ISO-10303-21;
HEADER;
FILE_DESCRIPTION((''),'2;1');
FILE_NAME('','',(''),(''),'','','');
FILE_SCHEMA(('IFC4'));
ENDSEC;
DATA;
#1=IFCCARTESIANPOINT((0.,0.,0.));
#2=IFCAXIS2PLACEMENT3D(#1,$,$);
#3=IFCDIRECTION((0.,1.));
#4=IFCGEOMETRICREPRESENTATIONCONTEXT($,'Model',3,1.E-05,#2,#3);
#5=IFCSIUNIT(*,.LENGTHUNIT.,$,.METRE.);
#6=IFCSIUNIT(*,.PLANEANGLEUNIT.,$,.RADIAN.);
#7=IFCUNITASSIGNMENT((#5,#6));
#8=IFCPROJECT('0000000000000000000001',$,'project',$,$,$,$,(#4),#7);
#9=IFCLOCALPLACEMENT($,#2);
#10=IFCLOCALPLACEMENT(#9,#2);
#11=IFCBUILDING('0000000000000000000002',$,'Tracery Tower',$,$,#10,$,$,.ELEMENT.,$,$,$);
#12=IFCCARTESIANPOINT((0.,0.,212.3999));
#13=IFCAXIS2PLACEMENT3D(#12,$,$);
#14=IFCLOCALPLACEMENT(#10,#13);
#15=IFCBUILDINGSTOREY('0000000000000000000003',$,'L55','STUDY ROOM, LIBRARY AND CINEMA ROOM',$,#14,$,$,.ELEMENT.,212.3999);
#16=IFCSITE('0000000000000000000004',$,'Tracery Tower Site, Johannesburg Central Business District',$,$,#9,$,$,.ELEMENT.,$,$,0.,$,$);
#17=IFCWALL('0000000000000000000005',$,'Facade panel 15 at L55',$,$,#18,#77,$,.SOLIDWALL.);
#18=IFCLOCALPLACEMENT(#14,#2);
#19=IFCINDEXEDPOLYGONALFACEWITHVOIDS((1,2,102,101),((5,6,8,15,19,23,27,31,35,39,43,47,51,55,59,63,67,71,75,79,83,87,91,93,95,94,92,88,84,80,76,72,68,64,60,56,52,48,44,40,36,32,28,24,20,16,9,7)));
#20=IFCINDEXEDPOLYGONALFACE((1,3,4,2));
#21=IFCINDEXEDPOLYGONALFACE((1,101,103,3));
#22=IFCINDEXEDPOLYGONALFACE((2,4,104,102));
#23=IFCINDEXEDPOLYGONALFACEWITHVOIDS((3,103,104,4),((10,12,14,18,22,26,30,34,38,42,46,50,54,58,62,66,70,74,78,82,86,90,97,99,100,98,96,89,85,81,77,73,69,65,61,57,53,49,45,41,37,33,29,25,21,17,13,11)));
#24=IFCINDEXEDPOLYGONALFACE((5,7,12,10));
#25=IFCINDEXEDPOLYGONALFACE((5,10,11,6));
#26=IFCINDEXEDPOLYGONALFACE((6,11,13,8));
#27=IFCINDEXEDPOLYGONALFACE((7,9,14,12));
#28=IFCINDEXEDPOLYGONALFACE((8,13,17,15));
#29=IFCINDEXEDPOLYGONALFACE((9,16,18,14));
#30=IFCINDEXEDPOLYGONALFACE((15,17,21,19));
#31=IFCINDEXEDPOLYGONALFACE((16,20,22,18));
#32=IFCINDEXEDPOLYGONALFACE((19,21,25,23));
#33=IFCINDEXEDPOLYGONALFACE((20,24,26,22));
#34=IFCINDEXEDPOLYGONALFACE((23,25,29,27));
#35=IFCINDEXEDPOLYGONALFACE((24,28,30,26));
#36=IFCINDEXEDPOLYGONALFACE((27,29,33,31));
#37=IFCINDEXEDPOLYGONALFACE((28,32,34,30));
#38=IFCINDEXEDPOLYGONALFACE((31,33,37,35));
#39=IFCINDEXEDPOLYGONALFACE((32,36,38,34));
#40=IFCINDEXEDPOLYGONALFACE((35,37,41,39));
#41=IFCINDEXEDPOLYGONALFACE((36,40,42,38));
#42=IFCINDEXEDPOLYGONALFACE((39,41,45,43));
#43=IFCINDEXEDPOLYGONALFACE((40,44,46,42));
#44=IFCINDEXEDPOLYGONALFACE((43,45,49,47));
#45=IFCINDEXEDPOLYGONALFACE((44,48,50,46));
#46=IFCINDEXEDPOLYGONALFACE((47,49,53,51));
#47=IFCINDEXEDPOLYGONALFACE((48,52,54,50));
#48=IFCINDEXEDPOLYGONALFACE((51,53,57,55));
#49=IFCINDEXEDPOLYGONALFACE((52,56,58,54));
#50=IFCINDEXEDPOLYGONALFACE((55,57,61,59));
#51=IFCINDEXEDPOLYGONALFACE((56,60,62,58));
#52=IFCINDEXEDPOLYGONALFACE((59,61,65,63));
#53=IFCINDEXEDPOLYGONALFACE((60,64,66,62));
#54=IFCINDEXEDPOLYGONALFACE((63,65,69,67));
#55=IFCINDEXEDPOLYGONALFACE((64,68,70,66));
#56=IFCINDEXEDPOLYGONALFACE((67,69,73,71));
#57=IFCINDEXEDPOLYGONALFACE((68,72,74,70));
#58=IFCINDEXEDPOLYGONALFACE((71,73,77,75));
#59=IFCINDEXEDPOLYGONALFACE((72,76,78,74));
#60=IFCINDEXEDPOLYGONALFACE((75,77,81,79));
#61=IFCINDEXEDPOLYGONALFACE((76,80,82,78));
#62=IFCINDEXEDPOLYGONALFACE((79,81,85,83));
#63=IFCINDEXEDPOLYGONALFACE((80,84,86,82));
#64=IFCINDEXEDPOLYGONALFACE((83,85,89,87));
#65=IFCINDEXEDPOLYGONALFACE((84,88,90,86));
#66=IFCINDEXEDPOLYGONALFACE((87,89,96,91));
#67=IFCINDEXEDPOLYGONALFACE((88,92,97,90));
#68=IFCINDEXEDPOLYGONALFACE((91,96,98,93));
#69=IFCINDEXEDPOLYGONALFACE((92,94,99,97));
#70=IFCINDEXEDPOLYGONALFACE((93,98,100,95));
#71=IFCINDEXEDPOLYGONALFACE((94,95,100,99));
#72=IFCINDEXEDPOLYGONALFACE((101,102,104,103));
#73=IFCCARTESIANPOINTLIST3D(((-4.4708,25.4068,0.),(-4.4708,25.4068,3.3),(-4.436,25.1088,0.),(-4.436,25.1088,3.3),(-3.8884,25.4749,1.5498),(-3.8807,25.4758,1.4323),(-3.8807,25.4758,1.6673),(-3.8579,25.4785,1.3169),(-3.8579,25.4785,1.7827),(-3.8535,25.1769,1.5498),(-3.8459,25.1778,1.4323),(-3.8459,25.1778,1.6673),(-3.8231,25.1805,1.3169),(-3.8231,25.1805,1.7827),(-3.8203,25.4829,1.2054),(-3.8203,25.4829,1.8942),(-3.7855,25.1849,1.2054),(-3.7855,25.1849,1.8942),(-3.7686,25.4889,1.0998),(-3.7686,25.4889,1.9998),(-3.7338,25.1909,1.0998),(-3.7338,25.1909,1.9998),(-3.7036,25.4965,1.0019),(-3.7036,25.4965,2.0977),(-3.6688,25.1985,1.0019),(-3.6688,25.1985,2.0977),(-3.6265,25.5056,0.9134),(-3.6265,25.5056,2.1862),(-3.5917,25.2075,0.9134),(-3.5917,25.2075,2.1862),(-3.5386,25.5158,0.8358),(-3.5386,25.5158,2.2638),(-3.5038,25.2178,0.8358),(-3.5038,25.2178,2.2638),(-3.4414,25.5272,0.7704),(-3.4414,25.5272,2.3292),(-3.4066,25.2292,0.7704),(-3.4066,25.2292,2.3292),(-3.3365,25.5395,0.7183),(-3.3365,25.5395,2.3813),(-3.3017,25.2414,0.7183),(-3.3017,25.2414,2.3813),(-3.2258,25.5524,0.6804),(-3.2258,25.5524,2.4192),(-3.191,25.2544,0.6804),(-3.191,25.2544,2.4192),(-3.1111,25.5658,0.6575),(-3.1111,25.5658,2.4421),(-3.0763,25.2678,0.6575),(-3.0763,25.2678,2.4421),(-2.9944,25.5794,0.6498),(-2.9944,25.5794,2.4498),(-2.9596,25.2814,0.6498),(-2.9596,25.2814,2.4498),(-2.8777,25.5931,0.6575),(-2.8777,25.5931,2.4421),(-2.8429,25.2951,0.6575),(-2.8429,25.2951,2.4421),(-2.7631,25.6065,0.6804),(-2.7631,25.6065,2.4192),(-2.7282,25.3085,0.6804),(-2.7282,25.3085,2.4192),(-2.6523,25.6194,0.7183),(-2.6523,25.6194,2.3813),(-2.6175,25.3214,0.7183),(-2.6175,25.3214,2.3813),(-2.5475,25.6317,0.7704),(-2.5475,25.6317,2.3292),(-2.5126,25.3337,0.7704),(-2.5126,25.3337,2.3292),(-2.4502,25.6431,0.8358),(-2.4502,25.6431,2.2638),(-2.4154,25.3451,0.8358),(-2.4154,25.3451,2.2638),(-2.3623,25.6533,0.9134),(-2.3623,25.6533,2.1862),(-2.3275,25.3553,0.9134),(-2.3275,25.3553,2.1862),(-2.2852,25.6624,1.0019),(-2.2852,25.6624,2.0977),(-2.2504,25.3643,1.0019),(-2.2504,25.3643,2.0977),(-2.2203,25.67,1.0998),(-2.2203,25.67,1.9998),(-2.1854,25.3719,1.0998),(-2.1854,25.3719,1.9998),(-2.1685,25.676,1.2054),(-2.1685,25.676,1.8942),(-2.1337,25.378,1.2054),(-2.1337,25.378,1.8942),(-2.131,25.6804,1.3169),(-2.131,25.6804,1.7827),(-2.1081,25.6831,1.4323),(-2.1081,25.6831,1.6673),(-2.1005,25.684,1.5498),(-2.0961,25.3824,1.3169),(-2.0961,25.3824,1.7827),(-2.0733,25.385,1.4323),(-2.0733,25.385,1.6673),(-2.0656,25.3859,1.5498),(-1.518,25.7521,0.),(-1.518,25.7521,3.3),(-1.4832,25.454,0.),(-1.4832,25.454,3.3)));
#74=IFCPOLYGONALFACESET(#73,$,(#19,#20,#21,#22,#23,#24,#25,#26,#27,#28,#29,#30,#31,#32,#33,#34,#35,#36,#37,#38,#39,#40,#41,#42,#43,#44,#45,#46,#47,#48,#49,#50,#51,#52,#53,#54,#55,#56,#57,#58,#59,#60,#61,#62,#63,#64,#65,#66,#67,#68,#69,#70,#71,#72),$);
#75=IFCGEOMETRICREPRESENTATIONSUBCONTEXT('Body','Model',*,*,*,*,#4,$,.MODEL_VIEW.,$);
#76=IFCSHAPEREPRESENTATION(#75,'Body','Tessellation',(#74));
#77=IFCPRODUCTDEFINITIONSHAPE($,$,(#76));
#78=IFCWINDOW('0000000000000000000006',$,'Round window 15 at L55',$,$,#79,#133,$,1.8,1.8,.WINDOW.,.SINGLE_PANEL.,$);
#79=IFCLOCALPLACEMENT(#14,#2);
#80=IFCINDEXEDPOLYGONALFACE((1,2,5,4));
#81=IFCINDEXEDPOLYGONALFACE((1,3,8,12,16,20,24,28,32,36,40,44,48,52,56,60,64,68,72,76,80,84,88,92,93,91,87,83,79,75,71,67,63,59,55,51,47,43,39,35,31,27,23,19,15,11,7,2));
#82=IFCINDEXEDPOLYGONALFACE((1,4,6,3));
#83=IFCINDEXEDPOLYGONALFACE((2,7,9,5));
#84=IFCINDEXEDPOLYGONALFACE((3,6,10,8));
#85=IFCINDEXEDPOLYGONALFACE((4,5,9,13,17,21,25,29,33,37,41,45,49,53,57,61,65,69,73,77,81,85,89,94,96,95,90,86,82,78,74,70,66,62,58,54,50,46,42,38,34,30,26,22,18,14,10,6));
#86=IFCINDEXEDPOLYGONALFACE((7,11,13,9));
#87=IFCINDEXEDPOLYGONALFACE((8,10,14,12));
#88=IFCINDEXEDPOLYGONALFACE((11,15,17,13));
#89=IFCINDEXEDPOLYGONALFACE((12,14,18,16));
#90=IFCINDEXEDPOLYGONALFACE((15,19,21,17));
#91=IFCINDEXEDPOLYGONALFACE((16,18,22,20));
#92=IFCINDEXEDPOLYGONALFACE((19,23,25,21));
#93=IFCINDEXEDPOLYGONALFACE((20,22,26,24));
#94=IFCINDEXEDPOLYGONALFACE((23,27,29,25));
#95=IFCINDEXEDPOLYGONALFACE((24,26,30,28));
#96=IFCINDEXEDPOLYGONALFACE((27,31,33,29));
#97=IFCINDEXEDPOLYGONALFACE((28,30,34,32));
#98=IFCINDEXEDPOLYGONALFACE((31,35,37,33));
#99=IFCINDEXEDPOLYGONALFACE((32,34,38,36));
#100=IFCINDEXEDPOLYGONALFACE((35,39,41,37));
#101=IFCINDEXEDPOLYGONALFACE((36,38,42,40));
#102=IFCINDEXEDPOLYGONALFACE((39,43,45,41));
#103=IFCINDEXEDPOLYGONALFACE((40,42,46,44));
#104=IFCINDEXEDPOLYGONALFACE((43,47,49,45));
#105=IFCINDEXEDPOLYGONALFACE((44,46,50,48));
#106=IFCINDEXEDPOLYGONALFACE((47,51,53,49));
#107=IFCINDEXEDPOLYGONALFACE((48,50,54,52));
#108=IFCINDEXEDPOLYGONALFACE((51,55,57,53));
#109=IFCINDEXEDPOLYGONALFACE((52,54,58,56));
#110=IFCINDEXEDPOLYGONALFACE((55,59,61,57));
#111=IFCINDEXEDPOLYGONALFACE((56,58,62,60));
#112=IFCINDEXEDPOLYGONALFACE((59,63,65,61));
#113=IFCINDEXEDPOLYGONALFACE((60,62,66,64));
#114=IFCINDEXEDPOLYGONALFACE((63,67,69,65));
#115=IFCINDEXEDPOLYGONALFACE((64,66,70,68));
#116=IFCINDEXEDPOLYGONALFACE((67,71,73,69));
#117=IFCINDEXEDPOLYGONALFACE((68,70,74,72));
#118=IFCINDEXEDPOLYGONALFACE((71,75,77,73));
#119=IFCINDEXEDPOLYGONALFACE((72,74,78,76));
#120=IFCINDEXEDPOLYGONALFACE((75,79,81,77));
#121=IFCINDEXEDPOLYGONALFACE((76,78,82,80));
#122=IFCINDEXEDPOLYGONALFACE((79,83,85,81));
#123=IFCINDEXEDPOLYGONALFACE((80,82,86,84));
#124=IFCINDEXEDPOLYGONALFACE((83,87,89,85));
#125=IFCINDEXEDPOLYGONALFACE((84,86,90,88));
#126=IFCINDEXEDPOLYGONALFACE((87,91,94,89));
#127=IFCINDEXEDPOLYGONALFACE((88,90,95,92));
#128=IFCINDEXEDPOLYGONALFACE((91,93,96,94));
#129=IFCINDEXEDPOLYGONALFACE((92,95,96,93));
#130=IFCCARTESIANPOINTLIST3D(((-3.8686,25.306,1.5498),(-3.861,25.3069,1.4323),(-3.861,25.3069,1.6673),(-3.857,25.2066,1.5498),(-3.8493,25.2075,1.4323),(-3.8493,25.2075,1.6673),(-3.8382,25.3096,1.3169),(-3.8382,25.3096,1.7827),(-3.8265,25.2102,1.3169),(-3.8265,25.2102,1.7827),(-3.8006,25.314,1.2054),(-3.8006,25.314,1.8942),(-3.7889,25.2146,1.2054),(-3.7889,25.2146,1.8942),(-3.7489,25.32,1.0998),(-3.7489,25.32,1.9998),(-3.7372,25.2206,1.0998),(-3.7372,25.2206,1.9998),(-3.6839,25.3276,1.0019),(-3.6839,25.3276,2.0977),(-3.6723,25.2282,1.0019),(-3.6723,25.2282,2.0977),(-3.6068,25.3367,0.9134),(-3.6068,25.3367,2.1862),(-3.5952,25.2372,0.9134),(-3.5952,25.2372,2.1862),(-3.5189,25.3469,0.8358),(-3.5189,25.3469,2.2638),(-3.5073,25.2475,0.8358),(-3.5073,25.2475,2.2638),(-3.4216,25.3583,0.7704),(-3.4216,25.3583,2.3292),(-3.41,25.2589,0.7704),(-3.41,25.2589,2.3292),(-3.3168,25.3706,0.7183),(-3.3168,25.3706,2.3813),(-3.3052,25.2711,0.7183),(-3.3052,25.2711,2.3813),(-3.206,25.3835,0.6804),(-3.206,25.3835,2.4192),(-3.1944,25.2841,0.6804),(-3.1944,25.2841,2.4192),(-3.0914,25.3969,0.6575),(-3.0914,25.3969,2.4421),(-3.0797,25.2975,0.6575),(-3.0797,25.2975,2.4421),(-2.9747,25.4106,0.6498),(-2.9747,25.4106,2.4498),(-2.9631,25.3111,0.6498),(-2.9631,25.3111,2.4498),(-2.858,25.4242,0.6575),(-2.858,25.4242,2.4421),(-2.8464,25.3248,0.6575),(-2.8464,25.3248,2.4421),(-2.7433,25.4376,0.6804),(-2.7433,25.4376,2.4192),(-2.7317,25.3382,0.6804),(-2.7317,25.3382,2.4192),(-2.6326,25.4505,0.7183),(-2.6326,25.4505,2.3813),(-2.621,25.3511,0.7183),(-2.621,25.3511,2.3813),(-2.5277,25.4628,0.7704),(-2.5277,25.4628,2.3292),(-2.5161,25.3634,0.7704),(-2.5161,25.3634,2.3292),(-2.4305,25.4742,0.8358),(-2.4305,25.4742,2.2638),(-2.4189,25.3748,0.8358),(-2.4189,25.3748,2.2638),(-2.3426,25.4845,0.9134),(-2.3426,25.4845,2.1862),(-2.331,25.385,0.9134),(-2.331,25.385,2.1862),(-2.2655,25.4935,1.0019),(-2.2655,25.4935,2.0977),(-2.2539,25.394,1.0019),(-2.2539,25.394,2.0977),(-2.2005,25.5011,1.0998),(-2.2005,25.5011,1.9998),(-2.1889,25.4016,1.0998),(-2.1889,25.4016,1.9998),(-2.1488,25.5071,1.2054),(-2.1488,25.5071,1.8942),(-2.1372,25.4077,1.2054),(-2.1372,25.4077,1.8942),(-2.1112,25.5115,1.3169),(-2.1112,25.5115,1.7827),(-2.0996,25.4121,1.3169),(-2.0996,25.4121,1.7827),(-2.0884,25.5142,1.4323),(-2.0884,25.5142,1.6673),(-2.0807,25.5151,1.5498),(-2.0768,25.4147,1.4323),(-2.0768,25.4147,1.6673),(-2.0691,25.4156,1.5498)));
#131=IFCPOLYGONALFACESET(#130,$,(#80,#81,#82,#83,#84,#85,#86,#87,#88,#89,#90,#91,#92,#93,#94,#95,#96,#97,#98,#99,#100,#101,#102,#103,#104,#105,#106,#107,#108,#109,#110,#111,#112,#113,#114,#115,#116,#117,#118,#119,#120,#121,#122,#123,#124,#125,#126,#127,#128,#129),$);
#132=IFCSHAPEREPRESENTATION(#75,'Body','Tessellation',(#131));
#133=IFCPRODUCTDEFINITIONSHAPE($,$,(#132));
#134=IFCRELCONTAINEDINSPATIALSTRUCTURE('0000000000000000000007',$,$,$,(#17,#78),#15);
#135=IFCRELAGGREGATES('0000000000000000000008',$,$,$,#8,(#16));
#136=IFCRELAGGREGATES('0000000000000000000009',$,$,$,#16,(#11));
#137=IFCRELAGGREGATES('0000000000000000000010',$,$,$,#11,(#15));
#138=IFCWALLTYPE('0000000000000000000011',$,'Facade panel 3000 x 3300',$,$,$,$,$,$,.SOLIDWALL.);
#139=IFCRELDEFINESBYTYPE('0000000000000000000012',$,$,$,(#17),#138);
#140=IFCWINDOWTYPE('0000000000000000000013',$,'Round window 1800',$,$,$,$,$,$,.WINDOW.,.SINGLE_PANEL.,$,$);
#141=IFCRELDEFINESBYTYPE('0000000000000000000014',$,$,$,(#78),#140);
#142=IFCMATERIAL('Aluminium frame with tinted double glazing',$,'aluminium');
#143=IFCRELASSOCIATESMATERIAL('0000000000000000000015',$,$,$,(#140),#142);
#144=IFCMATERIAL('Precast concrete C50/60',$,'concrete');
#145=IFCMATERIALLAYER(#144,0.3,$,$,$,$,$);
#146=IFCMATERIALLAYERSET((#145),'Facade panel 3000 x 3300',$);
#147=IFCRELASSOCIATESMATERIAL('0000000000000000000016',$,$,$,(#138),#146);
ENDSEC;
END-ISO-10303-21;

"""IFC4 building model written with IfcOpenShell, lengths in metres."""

from ifc_helpers import new_model, si_unit, direction, frame, frame_2d, origin, origin_2d, place, context, subcontext, project, spatial, rectangle, circle, extrude, material, layer, layer_set, type_object, element, fill, save


model = new_model("IFC4")

# Units and contexts
model_context = context("Model", 3, precision=1e-05, world=origin(), true_north=direction((0.0, 1.0)))
body_context = subcontext(model_context, "Body", "Model", "MODEL_VIEW")
ifc_project = project(units=[si_unit("LENGTHUNIT", "METRE"), si_unit("PLANEANGLEUNIT", "RADIAN")], contexts=[model_context])

# Site, building, storey
site_placement = place(None, origin())
site = spatial("IfcSite", under=ifc_project, at=site_placement, Name="Tracery Tower Site, Johannesburg Central Business District", CompositionType="ELEMENT", RefElevation=0.0)
building_placement = place(site_placement, origin())
building = spatial("IfcBuilding", under=site, at=building_placement, Name="Tracery Tower", CompositionType="ELEMENT")
storey_placement = place(building_placement, frame((0.0, 0.0, 212.3999)))
storey = spatial("IfcBuildingStorey", under=building, at=storey_placement, Name="L55", Description="STUDY ROOM, LIBRARY AND CINEMA ROOM", CompositionType="ELEMENT", Elevation=212.3999)

# Wall, opening, window
ifc_material_1 = material(Name="Aluminium frame with tinted double glazing", Category="aluminium")
window_type = type_object("IfcWindowType", Name="Round window 1800", PartitioningType="SINGLE_PANEL", PredefinedType="WINDOW", material=ifc_material_1)
ifc_material_2 = material(Name="Precast concrete C50/60", Category="concrete")
ifc_layer_1 = layer(ifc_material_2, 0.3)
ifc_layer_set_1 = layer_set([ifc_layer_1], Name="Facade panel 3000 x 3300")
wall_type_1 = type_object("IfcWallType", Name="Facade panel 3000 x 3300", PredefinedType="SOLIDWALL", material=ifc_layer_set_1)
wall_1_placement = place(storey_placement, frame((-1.5007, 25.603, 0.0), z_axis=(0.0, 0.0, 1.0), x_axis=(-0.993236, -0.116117, 0.0)))
wall_1 = element("IfcWall", 1, at=wall_1_placement, inside=storey, type_object=wall_type_1, Name="Facade panel 15 at L55", PredefinedType="SOLIDWALL", context=body_context, shape_type="SweptSolid", body=[
    extrude(rectangle(XDim=2.9729, YDim=0.3, at=frame_2d((1.4863, 0.0))), origin(), (0.0, 0.0, 1.0), 3.3),
])
opening_1_placement = place(wall_1_placement, frame((1.4863, 0.0, 1.5498)))
opening_1 = element("IfcOpeningElement", 2, at=opening_1_placement, cuts=wall_1, PredefinedType="OPENING", context=body_context, shape_type="SweptSolid", body=[
    extrude(circle(Radius=0.9, at=origin_2d()), frame((0.0, 0.1599, 0.0), z_axis=(0.0, -1.0, 0.0), x_axis=(1.0, 0.0, 0.0)), (0.0, 0.0, 1.0), 0.3201),
])
window_1_placement = place(opening_1_placement, origin())
window_1 = element("IfcWindow", 3, at=window_1_placement, inside=storey, type_object=window_type, Name="Round window 15 at L55", OverallHeight=1.8, OverallWidth=1.8, PartitioningType="SINGLE_PANEL", PredefinedType="WINDOW", context=body_context, shape_type="SweptSolid", body=[
    extrude(circle(Radius=0.9, at=origin_2d()), frame((0.0, 0.1201, 0.0), z_axis=(0.0, -1.0, 0.0), x_axis=(1.0, 0.0, 0.0)), (0.0, 0.0, 1.0), 0.1001),
])
fill(opening_1, window_1)

save(model, "model.ifc")
